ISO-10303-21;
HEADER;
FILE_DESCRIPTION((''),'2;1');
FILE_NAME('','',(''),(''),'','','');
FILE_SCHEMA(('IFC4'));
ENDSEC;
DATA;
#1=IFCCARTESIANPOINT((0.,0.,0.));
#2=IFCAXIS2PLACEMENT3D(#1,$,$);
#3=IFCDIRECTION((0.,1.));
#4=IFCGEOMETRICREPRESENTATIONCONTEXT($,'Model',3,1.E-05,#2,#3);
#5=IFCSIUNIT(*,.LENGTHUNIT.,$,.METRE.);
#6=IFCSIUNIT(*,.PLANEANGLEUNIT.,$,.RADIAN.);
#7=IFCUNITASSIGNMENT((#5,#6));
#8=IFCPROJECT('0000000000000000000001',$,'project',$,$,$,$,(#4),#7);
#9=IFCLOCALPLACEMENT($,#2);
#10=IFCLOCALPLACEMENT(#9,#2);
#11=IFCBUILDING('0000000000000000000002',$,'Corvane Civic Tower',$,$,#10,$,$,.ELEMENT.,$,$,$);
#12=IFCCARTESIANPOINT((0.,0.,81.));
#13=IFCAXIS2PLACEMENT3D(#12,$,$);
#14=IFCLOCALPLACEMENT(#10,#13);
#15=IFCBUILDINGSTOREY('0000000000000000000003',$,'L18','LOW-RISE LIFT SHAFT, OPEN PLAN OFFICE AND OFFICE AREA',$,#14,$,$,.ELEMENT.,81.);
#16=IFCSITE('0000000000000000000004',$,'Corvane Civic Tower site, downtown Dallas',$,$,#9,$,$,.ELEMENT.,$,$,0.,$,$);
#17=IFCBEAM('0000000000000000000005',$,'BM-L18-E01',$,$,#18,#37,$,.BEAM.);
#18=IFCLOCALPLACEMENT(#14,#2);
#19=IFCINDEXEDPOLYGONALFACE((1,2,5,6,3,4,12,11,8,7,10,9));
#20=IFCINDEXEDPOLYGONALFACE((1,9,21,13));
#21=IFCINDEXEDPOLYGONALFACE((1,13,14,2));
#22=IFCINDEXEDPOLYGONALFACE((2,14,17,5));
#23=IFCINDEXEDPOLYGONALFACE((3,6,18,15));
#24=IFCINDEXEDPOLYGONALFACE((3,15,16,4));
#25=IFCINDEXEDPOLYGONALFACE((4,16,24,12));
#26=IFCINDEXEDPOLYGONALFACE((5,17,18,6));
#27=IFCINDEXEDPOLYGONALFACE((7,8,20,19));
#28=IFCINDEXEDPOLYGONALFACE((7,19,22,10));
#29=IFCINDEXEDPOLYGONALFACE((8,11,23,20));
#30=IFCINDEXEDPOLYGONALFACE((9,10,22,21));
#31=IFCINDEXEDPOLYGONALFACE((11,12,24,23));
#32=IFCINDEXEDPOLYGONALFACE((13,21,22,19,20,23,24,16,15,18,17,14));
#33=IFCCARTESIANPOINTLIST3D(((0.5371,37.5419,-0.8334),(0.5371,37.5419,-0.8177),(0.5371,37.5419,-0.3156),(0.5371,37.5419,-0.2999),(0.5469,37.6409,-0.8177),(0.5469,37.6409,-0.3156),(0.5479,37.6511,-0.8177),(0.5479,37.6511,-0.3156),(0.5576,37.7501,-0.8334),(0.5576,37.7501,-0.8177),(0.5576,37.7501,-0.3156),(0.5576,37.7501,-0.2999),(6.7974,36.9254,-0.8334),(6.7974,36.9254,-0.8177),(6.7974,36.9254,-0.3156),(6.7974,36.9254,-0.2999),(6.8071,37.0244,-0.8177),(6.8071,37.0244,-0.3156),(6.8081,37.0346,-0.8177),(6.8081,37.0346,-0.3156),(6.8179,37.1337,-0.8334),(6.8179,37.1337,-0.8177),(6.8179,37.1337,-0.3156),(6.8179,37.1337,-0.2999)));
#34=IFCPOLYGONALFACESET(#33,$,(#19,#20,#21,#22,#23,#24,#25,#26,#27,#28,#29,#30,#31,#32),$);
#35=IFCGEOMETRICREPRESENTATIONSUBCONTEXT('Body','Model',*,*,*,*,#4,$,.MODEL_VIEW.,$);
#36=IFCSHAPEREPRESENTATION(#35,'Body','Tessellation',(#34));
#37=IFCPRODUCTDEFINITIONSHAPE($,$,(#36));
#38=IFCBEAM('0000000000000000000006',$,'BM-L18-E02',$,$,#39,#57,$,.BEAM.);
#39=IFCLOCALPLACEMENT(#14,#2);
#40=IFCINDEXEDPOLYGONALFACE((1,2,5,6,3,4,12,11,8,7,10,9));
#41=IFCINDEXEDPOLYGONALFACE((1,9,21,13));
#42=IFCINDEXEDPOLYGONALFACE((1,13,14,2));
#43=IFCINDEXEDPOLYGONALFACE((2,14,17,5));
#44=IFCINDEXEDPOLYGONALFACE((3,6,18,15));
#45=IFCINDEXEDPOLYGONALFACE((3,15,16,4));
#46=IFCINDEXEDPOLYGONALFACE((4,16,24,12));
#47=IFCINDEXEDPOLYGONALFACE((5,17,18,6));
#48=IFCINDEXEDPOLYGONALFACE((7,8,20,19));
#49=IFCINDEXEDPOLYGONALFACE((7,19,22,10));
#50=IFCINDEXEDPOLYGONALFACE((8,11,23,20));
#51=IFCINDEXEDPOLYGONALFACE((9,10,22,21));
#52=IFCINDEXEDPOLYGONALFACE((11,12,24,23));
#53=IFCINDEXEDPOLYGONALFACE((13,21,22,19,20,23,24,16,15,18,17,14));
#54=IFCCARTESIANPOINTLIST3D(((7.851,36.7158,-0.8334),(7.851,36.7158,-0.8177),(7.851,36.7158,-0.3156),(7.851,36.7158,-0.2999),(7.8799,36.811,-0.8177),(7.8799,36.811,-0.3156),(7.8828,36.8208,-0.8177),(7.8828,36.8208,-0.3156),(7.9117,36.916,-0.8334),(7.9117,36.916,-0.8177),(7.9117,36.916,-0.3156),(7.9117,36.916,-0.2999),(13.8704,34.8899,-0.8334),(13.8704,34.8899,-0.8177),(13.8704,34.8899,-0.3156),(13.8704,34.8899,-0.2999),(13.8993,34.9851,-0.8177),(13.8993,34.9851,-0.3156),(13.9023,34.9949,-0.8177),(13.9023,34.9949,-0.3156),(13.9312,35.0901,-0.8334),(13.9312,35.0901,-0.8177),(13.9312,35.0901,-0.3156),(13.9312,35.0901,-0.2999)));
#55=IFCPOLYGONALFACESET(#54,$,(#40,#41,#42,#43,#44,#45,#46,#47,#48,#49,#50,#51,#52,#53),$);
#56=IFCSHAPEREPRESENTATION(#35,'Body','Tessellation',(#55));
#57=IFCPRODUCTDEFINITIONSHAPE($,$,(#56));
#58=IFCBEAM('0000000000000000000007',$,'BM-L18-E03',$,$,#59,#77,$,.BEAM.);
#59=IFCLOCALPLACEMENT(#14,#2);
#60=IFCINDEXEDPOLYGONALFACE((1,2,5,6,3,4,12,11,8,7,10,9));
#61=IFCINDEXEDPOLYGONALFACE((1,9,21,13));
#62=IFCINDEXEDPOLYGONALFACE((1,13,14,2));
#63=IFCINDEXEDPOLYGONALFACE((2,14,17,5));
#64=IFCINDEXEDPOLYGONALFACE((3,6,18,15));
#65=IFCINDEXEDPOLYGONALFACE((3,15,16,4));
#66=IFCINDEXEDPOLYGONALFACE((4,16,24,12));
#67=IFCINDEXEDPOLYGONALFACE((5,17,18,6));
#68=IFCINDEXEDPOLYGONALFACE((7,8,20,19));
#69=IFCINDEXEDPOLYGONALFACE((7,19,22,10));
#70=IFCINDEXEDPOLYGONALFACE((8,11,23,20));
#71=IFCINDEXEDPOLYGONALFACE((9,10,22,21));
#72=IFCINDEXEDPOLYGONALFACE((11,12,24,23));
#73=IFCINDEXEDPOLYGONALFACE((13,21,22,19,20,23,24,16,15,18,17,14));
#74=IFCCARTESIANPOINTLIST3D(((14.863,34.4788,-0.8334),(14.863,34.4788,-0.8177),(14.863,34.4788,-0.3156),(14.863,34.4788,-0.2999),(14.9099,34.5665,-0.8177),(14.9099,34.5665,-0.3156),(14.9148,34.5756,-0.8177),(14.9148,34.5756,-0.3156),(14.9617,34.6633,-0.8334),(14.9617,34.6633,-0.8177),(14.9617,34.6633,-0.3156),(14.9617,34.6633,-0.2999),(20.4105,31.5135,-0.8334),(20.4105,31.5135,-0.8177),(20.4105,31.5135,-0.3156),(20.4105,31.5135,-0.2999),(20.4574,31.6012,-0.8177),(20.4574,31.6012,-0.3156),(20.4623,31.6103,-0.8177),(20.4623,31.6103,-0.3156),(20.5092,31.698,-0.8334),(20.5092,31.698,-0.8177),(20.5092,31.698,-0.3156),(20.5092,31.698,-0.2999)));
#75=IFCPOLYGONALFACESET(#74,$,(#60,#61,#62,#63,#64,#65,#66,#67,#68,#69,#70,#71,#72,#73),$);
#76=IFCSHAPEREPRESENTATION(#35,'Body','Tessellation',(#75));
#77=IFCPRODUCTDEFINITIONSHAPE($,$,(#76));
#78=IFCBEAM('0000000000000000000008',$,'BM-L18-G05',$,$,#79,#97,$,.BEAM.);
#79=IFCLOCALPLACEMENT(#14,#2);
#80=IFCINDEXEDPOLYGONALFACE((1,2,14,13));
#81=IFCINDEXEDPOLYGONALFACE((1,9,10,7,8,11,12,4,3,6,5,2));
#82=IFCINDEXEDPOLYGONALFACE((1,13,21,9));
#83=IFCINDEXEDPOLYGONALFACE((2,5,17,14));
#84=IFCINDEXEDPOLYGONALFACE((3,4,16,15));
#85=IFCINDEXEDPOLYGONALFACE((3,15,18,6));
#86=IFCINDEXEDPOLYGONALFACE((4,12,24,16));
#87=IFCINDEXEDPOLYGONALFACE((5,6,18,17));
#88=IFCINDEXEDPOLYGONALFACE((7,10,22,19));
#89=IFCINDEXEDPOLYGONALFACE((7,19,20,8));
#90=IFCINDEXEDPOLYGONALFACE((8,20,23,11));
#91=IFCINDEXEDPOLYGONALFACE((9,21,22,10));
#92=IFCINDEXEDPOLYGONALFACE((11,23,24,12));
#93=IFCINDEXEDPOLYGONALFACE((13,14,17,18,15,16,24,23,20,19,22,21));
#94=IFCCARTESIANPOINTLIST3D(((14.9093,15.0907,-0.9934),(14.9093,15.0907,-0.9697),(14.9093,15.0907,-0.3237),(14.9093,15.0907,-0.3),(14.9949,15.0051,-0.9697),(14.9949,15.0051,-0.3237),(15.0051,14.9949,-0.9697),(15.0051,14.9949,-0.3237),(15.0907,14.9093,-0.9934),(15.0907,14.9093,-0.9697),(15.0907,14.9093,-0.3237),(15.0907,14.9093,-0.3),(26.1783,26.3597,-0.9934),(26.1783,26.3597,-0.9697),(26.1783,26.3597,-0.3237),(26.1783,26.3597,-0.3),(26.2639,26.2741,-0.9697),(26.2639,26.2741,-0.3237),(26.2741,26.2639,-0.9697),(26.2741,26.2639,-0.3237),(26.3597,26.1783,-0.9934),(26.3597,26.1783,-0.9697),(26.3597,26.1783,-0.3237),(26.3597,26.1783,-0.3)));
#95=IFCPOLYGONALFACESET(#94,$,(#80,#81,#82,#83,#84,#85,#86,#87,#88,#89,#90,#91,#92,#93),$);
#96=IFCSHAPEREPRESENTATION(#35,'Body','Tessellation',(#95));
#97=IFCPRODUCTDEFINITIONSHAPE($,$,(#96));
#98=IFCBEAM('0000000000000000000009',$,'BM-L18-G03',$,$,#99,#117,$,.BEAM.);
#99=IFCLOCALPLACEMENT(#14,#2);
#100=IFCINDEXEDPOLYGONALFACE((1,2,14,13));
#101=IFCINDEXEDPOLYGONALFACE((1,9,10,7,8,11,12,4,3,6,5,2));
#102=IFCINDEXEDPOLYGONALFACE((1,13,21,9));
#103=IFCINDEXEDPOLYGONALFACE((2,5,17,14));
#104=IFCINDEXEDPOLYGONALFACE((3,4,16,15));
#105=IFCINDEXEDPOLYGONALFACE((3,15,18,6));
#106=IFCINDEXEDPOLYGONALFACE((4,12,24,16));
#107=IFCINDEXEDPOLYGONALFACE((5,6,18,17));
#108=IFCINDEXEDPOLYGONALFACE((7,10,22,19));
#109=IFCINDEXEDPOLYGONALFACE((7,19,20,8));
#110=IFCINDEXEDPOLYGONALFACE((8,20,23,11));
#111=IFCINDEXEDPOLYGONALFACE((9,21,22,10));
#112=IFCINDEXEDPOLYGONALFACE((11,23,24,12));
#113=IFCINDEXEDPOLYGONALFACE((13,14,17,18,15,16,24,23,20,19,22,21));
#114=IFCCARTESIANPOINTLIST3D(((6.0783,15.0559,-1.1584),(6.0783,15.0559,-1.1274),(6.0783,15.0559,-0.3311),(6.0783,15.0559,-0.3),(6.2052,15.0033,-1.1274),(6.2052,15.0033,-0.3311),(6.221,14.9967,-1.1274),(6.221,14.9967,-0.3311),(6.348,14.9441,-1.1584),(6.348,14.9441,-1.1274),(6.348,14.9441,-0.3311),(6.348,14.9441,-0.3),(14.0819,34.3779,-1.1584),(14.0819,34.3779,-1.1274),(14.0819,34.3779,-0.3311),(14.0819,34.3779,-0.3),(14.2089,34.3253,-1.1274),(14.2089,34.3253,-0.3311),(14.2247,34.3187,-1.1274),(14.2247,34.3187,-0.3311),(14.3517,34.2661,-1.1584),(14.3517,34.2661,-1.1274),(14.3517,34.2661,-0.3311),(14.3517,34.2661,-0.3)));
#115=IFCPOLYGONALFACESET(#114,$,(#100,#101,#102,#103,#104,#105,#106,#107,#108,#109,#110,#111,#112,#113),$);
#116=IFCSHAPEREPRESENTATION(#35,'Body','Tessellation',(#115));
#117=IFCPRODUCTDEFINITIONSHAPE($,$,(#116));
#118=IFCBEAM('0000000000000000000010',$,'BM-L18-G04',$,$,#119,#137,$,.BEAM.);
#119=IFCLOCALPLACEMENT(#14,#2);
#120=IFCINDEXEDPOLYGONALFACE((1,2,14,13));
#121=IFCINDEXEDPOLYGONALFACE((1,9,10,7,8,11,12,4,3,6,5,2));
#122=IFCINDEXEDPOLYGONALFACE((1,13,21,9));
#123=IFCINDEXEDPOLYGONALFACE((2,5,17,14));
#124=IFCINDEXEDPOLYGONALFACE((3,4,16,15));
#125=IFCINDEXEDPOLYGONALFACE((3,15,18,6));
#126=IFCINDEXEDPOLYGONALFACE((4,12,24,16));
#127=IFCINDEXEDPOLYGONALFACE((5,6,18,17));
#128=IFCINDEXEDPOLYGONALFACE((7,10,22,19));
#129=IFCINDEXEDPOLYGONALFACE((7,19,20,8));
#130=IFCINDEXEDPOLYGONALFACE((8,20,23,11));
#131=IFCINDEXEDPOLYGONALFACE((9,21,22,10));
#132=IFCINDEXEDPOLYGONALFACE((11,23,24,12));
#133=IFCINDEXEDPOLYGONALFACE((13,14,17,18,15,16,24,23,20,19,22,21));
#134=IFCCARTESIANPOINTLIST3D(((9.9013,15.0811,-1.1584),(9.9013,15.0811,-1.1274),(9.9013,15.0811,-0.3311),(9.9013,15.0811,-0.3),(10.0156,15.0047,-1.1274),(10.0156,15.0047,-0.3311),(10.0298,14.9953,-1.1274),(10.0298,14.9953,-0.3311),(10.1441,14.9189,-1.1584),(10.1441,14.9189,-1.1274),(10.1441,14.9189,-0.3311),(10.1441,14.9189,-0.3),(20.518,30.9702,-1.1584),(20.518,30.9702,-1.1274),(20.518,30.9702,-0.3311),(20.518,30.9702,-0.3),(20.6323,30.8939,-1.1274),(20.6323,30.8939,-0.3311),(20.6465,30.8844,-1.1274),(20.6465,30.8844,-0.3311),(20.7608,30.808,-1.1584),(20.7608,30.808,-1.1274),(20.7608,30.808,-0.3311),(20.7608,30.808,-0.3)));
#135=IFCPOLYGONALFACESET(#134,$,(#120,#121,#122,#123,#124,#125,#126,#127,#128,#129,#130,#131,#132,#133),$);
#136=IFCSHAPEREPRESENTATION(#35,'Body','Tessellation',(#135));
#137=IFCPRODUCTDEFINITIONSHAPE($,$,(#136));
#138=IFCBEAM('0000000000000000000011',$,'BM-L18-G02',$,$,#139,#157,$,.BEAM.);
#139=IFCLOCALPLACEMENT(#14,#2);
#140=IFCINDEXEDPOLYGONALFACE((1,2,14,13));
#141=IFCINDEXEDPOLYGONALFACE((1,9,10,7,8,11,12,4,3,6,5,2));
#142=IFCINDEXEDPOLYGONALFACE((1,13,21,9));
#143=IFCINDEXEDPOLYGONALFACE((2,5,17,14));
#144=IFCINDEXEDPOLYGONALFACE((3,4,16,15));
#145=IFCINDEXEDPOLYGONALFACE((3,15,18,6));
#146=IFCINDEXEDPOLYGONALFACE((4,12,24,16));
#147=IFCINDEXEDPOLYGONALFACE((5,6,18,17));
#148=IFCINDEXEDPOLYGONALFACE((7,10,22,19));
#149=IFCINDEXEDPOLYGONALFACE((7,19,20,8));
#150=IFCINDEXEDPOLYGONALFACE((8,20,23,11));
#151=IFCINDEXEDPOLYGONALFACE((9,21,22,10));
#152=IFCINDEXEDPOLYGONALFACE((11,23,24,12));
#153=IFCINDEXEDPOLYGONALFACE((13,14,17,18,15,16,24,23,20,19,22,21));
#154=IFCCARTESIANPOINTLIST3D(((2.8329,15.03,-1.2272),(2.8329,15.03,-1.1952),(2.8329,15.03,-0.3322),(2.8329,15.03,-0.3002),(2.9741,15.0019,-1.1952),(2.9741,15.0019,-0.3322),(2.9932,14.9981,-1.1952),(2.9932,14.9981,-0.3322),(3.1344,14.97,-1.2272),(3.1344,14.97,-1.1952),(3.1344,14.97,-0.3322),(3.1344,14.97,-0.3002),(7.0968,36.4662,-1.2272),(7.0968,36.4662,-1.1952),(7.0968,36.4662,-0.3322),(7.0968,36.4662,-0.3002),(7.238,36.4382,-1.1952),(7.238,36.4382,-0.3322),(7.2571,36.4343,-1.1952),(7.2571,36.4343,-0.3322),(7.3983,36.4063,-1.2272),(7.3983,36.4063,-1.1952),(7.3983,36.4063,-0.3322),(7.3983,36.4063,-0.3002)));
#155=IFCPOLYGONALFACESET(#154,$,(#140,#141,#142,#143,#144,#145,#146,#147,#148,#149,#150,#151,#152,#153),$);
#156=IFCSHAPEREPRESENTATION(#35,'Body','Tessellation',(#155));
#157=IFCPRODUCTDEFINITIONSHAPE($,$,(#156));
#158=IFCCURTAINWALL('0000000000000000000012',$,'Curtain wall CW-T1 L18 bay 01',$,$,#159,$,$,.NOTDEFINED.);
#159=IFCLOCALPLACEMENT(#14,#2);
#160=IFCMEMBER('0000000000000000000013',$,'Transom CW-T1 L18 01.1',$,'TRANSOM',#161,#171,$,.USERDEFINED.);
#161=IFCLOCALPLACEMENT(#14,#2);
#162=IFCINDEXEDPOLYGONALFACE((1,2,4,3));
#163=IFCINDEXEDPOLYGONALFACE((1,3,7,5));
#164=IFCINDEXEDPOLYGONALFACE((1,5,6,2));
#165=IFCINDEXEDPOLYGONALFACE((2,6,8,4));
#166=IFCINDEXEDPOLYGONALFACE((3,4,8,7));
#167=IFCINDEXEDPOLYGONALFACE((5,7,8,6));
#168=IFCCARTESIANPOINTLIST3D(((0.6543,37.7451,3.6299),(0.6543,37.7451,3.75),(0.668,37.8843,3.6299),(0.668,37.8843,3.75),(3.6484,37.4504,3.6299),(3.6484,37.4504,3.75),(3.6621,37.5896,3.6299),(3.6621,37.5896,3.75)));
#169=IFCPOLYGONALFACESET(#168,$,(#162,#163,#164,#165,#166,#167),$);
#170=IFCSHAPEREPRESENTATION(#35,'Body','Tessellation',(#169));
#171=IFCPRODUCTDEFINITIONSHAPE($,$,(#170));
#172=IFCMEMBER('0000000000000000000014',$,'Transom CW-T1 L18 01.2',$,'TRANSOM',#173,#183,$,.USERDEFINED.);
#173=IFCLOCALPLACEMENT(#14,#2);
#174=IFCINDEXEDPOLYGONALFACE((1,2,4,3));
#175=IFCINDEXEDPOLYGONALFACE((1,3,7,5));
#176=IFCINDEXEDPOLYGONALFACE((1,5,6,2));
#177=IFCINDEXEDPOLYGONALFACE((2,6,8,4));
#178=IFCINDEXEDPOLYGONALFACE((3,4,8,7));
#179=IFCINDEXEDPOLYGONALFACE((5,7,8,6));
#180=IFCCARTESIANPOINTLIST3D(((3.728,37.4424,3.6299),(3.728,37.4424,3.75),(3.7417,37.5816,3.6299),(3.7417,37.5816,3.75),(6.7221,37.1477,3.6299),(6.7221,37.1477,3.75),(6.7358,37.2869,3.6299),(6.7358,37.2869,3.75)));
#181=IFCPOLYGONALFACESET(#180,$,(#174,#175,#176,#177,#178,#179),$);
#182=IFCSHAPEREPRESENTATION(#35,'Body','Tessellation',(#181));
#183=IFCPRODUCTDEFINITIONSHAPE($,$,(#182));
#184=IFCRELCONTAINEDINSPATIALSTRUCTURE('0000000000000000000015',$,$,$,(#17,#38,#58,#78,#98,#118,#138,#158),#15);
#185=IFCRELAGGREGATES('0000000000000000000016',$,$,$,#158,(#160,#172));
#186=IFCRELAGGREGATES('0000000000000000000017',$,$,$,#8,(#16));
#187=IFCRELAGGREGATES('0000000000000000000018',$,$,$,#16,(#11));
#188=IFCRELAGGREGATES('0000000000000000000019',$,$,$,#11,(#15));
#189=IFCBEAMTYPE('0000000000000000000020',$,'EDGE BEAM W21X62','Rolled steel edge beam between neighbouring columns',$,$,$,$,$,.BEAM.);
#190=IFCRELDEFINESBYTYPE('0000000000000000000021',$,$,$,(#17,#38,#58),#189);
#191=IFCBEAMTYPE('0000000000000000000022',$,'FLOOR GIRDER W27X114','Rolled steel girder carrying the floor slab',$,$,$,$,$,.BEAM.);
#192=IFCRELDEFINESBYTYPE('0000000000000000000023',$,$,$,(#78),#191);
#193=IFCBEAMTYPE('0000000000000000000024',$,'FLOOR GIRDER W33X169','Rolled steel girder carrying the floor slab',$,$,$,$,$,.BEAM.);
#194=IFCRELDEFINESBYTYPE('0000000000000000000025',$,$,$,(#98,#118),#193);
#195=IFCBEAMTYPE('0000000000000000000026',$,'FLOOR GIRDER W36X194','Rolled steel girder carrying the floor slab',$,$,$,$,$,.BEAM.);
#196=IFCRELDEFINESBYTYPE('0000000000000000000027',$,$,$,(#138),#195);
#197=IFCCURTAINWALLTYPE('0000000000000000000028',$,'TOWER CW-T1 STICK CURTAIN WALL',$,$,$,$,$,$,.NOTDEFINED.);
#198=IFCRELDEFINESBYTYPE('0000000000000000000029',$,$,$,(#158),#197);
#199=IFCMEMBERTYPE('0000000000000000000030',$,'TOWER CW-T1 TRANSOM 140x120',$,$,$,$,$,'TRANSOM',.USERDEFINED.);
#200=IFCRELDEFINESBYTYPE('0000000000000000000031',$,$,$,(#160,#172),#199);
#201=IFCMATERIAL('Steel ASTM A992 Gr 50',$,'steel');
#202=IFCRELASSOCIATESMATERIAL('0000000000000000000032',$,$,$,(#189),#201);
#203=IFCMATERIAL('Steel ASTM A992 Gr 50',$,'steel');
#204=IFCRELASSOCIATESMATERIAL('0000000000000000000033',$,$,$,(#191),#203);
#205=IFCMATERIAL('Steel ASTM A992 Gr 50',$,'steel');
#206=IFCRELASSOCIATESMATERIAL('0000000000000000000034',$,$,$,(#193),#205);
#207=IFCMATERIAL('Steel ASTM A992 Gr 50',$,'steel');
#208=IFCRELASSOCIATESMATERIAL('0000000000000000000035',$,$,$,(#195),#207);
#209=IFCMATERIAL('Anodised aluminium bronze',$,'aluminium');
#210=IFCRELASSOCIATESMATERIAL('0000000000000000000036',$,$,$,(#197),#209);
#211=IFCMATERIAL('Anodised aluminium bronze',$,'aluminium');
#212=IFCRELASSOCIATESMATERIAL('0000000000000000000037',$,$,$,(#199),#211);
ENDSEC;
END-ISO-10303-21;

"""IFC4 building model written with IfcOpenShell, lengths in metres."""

from ifc_helpers import new_model, si_unit, direction, frame, origin, origin_2d, place, context, subcontext, project, spatial, rectangle, i_section, extrude, material, material_profile, profile_set, type_object, element, aggregate, save


model = new_model("IFC4")

# Units and contexts
model_context = context("Model", 3, precision=1e-05, world=origin(), true_north=direction((0.0, 1.0)))
body_context = subcontext(model_context, "Body", "Model", "MODEL_VIEW")
ifc_project = project(units=[si_unit("LENGTHUNIT", "METRE"), si_unit("PLANEANGLEUNIT", "RADIAN")], contexts=[model_context])

# Site, building, storey
site_placement = place(None, origin())
site = spatial("IfcSite", under=ifc_project, at=site_placement, Name="Corvane Civic Tower site, downtown Dallas", CompositionType="ELEMENT", RefElevation=0.0)
building_placement = place(site_placement, origin())
building = spatial("IfcBuilding", under=site, at=building_placement, Name="Corvane Civic Tower", CompositionType="ELEMENT")
storey_placement = place(building_placement, frame((0.0, 0.0, 81.0)))
storey = spatial("IfcBuildingStorey", under=building, at=storey_placement, Name="L18", Description="LOW-RISE LIFT SHAFT, OPEN PLAN OFFICE AND OFFICE AREA", CompositionType="ELEMENT", Elevation=81.0)

# Beams
ifc_material_1 = material(Name="Steel ASTM A992 Gr 50", Category="steel")
ifc_material_profile_1 = material_profile(ifc_material_1, i_section(OverallWidth=0.2092, OverallDepth=0.5334, WebThickness=0.0103, FlangeThickness=0.0156, at=origin_2d()), Name="W21X62")
ifc_profile_set_1 = profile_set([ifc_material_profile_1], Name="Steel ASTM A992 Gr 50")
beam_type_1 = type_object("IfcBeamType", Name="EDGE BEAM W21X62", Description="Rolled steel edge beam between neighbouring columns", PredefinedType="BEAM", material=ifc_profile_set_1)
beam_1_placement = place(storey_placement, frame((0.5474, 37.646, -0.5667), z_axis=(0.995187, -0.097997, 0.0), x_axis=(0.097997, 0.995187, 0.0)))
element("IfcBeam", 1, at=beam_1_placement, inside=storey, type_object=beam_type_1, Name="BM-L18-E01", PredefinedType="BEAM", context=body_context, shape_type="SweptSolid", body=[
    extrude(i_section(OverallWidth=0.2092, OverallDepth=0.5334, WebThickness=0.0103, FlangeThickness=0.0156, at=origin_2d()), origin(), (0.0, 0.0, 1.0), 6.2905),
])
for number, where, z_axis, x_axis, name in (
    (2, (7.8813, 36.8159, -0.5667), (0.956944, -0.290273, 0.0), (0.290273, 0.956944, 0.0), "BM-L18-E02"),
    (3, (14.9124, 34.571, -0.5667), (0.881916, -0.471406, 0.0), (0.471406, 0.881916, 0.0), "BM-L18-E03"),
):
    element("IfcBeam", number, at=place(storey_placement, frame(where, z_axis=z_axis, x_axis=x_axis)), inside=storey, type_object=beam_type_1, Name=name, PredefinedType="BEAM", context=body_context, shape_type="SweptSolid", body=[
        extrude(i_section(OverallWidth=0.2092, OverallDepth=0.5334, WebThickness=0.0103, FlangeThickness=0.0156, at=origin_2d()), origin(), (0.0, 0.0, 1.0), 6.2903),
    ])
ifc_material_2 = material(Name="Steel ASTM A992 Gr 50", Category="steel")
ifc_material_profile_2 = material_profile(ifc_material_2, i_section(OverallWidth=0.2566, OverallDepth=0.6934, WebThickness=0.0144, FlangeThickness=0.0237, at=origin_2d()), Name="W27X114")
ifc_profile_set_2 = profile_set([ifc_material_profile_2], Name="Steel ASTM A992 Gr 50")
beam_type_2 = type_object("IfcBeamType", Name="FLOOR GIRDER W27X114", Description="Rolled steel girder carrying the floor slab", PredefinedType="BEAM", material=ifc_profile_set_2)
beam_2_placement = place(storey_placement, frame((15.0, 15.0, -0.6467), z_axis=(0.707107, 0.707107, 0.0), x_axis=(-0.707107, 0.707107, 0.0)))
element("IfcBeam", 4, at=beam_2_placement, inside=storey, type_object=beam_type_2, Name="BM-L18-G05", PredefinedType="BEAM", context=body_context, shape_type="SweptSolid", body=[
    extrude(i_section(OverallWidth=0.2566, OverallDepth=0.6934, WebThickness=0.0144, FlangeThickness=0.0237, at=origin_2d()), origin(), (0.0, 0.0, 1.0), 15.9368),
])
ifc_material_3 = material(Name="Steel ASTM A992 Gr 50", Category="steel")
ifc_material_profile_3 = material_profile(ifc_material_3, i_section(OverallWidth=0.292, OverallDepth=0.8584, WebThickness=0.0171, FlangeThickness=0.031, at=origin_2d()), Name="W33X169")
ifc_profile_set_3 = profile_set([ifc_material_profile_3], Name="Steel ASTM A992 Gr 50")
beam_type_3 = type_object("IfcBeamType", Name="FLOOR GIRDER W33X169", Description="Rolled steel girder carrying the floor slab", PredefinedType="BEAM", material=ifc_profile_set_3)
beam_3_placement = place(storey_placement, frame((6.2131, 15.0, -0.7292), z_axis=(0.382692, 0.923876, 0.0), x_axis=(-0.923876, 0.382692, 0.0)))
element("IfcBeam", 5, at=beam_3_placement, inside=storey, type_object=beam_type_3, Name="BM-L18-G03", PredefinedType="BEAM", context=body_context, shape_type="SweptSolid", body=[
    extrude(i_section(OverallWidth=0.292, OverallDepth=0.8584, WebThickness=0.0171, FlangeThickness=0.031, at=origin_2d()), origin(), (0.0, 0.0, 1.0), 20.9141),
])
beam_4_placement = place(storey_placement, frame((10.0227, 15.0, -0.7292), z_axis=(0.555567, 0.831472, 0.0), x_axis=(-0.831472, 0.555567, 0.0)))
element("IfcBeam", 6, at=beam_4_placement, inside=storey, type_object=beam_type_3, Name="BM-L18-G04", PredefinedType="BEAM", context=body_context, shape_type="SweptSolid", body=[
    extrude(i_section(OverallWidth=0.292, OverallDepth=0.8584, WebThickness=0.0171, FlangeThickness=0.031, at=origin_2d()), origin(), (0.0, 0.0, 1.0), 19.1096),
])
ifc_material_4 = material(Name="Steel ASTM A992 Gr 50", Category="steel")
ifc_material_profile_4 = material_profile(ifc_material_4, i_section(OverallWidth=0.3074, OverallDepth=0.927, WebThickness=0.0195, FlangeThickness=0.032, at=origin_2d()), Name="W36X194")
ifc_profile_set_4 = profile_set([ifc_material_profile_4], Name="Steel ASTM A992 Gr 50")
beam_type_4 = type_object("IfcBeamType", Name="FLOOR GIRDER W36X194", Description="Rolled steel girder carrying the floor slab", PredefinedType="BEAM", material=ifc_profile_set_4)
beam_5_placement = place(storey_placement, frame((2.9836, 15.0, -0.7637), z_axis=(0.195089, 0.980785, 0.0), x_axis=(-0.980785, 0.195089, 0.0)))
element("IfcBeam", 7, at=beam_5_placement, inside=storey, type_object=beam_type_4, Name="BM-L18-G02", PredefinedType="BEAM", context=body_context, shape_type="SweptSolid", body=[
    extrude(i_section(OverallWidth=0.3074, OverallDepth=0.927, WebThickness=0.0195, FlangeThickness=0.032, at=origin_2d()), origin(), (0.0, 0.0, 1.0), 21.8562),
])

# Curtain wall, members
ifc_material_5 = material(Name="Anodised aluminium bronze", Category="aluminium")
curtain_wall_type = type_object("IfcCurtainWallType", Name="TOWER CW-T1 STICK CURTAIN WALL", PredefinedType="NOTDEFINED", material=ifc_material_5)
curtain_wall_1_placement = place(storey_placement, origin())
curtain_wall_1 = element("IfcCurtainWall", 8, at=curtain_wall_1_placement, inside=storey, type_object=curtain_wall_type, Name="Curtain wall CW-T1 L18 bay 01", PredefinedType="NOTDEFINED")
ifc_material_6 = material(Name="Anodised aluminium bronze", Category="aluminium")
ifc_material_profile_5 = material_profile(ifc_material_6, rectangle(XDim=0.1399, YDim=0.1201, at=origin_2d()), Name="TOWER CW-T1 TRANSOM 140x120")
ifc_profile_set_5 = profile_set([ifc_material_profile_5], Name="Anodised aluminium bronze")
member_type_1 = type_object("IfcMemberType", Name="TOWER CW-T1 TRANSOM 140x120", ElementType="TRANSOM", PredefinedType="USERDEFINED", material=ifc_profile_set_5)
member_1_placement = place(storey_placement, frame((0.6611, 37.8147, 3.6899), z_axis=(0.995192, -0.097945, 0.0), x_axis=(0.097945, 0.995192, 0.0)))
member_1 = element("IfcMember", 9, at=member_1_placement, type_object=member_type_1, Name="Transom CW-T1 L18 01.1", ObjectType="TRANSOM", PredefinedType="USERDEFINED", context=body_context, shape_type="SweptSolid", body=[
    extrude(rectangle(XDim=0.1399, YDim=0.1201, at=origin_2d()), origin(), (0.0, 0.0, 1.0), 3.0085),
])
member_2_placement = place(storey_placement, frame((3.7349, 37.512, 3.6899), z_axis=(0.995192, -0.097945, 0.0), x_axis=(0.097945, 0.995192, 0.0)))
member_2 = element("IfcMember", 10, at=member_2_placement, type_object=member_type_1, Name="Transom CW-T1 L18 01.2", ObjectType="TRANSOM", PredefinedType="USERDEFINED", context=body_context, shape_type="SweptSolid", body=[
    extrude(rectangle(XDim=0.1399, YDim=0.1201, at=origin_2d()), origin(), (0.0, 0.0, 1.0), 3.0085),
])

aggregate(curtain_wall_1, [member_1, member_2])

save(model, "model.ifc")
